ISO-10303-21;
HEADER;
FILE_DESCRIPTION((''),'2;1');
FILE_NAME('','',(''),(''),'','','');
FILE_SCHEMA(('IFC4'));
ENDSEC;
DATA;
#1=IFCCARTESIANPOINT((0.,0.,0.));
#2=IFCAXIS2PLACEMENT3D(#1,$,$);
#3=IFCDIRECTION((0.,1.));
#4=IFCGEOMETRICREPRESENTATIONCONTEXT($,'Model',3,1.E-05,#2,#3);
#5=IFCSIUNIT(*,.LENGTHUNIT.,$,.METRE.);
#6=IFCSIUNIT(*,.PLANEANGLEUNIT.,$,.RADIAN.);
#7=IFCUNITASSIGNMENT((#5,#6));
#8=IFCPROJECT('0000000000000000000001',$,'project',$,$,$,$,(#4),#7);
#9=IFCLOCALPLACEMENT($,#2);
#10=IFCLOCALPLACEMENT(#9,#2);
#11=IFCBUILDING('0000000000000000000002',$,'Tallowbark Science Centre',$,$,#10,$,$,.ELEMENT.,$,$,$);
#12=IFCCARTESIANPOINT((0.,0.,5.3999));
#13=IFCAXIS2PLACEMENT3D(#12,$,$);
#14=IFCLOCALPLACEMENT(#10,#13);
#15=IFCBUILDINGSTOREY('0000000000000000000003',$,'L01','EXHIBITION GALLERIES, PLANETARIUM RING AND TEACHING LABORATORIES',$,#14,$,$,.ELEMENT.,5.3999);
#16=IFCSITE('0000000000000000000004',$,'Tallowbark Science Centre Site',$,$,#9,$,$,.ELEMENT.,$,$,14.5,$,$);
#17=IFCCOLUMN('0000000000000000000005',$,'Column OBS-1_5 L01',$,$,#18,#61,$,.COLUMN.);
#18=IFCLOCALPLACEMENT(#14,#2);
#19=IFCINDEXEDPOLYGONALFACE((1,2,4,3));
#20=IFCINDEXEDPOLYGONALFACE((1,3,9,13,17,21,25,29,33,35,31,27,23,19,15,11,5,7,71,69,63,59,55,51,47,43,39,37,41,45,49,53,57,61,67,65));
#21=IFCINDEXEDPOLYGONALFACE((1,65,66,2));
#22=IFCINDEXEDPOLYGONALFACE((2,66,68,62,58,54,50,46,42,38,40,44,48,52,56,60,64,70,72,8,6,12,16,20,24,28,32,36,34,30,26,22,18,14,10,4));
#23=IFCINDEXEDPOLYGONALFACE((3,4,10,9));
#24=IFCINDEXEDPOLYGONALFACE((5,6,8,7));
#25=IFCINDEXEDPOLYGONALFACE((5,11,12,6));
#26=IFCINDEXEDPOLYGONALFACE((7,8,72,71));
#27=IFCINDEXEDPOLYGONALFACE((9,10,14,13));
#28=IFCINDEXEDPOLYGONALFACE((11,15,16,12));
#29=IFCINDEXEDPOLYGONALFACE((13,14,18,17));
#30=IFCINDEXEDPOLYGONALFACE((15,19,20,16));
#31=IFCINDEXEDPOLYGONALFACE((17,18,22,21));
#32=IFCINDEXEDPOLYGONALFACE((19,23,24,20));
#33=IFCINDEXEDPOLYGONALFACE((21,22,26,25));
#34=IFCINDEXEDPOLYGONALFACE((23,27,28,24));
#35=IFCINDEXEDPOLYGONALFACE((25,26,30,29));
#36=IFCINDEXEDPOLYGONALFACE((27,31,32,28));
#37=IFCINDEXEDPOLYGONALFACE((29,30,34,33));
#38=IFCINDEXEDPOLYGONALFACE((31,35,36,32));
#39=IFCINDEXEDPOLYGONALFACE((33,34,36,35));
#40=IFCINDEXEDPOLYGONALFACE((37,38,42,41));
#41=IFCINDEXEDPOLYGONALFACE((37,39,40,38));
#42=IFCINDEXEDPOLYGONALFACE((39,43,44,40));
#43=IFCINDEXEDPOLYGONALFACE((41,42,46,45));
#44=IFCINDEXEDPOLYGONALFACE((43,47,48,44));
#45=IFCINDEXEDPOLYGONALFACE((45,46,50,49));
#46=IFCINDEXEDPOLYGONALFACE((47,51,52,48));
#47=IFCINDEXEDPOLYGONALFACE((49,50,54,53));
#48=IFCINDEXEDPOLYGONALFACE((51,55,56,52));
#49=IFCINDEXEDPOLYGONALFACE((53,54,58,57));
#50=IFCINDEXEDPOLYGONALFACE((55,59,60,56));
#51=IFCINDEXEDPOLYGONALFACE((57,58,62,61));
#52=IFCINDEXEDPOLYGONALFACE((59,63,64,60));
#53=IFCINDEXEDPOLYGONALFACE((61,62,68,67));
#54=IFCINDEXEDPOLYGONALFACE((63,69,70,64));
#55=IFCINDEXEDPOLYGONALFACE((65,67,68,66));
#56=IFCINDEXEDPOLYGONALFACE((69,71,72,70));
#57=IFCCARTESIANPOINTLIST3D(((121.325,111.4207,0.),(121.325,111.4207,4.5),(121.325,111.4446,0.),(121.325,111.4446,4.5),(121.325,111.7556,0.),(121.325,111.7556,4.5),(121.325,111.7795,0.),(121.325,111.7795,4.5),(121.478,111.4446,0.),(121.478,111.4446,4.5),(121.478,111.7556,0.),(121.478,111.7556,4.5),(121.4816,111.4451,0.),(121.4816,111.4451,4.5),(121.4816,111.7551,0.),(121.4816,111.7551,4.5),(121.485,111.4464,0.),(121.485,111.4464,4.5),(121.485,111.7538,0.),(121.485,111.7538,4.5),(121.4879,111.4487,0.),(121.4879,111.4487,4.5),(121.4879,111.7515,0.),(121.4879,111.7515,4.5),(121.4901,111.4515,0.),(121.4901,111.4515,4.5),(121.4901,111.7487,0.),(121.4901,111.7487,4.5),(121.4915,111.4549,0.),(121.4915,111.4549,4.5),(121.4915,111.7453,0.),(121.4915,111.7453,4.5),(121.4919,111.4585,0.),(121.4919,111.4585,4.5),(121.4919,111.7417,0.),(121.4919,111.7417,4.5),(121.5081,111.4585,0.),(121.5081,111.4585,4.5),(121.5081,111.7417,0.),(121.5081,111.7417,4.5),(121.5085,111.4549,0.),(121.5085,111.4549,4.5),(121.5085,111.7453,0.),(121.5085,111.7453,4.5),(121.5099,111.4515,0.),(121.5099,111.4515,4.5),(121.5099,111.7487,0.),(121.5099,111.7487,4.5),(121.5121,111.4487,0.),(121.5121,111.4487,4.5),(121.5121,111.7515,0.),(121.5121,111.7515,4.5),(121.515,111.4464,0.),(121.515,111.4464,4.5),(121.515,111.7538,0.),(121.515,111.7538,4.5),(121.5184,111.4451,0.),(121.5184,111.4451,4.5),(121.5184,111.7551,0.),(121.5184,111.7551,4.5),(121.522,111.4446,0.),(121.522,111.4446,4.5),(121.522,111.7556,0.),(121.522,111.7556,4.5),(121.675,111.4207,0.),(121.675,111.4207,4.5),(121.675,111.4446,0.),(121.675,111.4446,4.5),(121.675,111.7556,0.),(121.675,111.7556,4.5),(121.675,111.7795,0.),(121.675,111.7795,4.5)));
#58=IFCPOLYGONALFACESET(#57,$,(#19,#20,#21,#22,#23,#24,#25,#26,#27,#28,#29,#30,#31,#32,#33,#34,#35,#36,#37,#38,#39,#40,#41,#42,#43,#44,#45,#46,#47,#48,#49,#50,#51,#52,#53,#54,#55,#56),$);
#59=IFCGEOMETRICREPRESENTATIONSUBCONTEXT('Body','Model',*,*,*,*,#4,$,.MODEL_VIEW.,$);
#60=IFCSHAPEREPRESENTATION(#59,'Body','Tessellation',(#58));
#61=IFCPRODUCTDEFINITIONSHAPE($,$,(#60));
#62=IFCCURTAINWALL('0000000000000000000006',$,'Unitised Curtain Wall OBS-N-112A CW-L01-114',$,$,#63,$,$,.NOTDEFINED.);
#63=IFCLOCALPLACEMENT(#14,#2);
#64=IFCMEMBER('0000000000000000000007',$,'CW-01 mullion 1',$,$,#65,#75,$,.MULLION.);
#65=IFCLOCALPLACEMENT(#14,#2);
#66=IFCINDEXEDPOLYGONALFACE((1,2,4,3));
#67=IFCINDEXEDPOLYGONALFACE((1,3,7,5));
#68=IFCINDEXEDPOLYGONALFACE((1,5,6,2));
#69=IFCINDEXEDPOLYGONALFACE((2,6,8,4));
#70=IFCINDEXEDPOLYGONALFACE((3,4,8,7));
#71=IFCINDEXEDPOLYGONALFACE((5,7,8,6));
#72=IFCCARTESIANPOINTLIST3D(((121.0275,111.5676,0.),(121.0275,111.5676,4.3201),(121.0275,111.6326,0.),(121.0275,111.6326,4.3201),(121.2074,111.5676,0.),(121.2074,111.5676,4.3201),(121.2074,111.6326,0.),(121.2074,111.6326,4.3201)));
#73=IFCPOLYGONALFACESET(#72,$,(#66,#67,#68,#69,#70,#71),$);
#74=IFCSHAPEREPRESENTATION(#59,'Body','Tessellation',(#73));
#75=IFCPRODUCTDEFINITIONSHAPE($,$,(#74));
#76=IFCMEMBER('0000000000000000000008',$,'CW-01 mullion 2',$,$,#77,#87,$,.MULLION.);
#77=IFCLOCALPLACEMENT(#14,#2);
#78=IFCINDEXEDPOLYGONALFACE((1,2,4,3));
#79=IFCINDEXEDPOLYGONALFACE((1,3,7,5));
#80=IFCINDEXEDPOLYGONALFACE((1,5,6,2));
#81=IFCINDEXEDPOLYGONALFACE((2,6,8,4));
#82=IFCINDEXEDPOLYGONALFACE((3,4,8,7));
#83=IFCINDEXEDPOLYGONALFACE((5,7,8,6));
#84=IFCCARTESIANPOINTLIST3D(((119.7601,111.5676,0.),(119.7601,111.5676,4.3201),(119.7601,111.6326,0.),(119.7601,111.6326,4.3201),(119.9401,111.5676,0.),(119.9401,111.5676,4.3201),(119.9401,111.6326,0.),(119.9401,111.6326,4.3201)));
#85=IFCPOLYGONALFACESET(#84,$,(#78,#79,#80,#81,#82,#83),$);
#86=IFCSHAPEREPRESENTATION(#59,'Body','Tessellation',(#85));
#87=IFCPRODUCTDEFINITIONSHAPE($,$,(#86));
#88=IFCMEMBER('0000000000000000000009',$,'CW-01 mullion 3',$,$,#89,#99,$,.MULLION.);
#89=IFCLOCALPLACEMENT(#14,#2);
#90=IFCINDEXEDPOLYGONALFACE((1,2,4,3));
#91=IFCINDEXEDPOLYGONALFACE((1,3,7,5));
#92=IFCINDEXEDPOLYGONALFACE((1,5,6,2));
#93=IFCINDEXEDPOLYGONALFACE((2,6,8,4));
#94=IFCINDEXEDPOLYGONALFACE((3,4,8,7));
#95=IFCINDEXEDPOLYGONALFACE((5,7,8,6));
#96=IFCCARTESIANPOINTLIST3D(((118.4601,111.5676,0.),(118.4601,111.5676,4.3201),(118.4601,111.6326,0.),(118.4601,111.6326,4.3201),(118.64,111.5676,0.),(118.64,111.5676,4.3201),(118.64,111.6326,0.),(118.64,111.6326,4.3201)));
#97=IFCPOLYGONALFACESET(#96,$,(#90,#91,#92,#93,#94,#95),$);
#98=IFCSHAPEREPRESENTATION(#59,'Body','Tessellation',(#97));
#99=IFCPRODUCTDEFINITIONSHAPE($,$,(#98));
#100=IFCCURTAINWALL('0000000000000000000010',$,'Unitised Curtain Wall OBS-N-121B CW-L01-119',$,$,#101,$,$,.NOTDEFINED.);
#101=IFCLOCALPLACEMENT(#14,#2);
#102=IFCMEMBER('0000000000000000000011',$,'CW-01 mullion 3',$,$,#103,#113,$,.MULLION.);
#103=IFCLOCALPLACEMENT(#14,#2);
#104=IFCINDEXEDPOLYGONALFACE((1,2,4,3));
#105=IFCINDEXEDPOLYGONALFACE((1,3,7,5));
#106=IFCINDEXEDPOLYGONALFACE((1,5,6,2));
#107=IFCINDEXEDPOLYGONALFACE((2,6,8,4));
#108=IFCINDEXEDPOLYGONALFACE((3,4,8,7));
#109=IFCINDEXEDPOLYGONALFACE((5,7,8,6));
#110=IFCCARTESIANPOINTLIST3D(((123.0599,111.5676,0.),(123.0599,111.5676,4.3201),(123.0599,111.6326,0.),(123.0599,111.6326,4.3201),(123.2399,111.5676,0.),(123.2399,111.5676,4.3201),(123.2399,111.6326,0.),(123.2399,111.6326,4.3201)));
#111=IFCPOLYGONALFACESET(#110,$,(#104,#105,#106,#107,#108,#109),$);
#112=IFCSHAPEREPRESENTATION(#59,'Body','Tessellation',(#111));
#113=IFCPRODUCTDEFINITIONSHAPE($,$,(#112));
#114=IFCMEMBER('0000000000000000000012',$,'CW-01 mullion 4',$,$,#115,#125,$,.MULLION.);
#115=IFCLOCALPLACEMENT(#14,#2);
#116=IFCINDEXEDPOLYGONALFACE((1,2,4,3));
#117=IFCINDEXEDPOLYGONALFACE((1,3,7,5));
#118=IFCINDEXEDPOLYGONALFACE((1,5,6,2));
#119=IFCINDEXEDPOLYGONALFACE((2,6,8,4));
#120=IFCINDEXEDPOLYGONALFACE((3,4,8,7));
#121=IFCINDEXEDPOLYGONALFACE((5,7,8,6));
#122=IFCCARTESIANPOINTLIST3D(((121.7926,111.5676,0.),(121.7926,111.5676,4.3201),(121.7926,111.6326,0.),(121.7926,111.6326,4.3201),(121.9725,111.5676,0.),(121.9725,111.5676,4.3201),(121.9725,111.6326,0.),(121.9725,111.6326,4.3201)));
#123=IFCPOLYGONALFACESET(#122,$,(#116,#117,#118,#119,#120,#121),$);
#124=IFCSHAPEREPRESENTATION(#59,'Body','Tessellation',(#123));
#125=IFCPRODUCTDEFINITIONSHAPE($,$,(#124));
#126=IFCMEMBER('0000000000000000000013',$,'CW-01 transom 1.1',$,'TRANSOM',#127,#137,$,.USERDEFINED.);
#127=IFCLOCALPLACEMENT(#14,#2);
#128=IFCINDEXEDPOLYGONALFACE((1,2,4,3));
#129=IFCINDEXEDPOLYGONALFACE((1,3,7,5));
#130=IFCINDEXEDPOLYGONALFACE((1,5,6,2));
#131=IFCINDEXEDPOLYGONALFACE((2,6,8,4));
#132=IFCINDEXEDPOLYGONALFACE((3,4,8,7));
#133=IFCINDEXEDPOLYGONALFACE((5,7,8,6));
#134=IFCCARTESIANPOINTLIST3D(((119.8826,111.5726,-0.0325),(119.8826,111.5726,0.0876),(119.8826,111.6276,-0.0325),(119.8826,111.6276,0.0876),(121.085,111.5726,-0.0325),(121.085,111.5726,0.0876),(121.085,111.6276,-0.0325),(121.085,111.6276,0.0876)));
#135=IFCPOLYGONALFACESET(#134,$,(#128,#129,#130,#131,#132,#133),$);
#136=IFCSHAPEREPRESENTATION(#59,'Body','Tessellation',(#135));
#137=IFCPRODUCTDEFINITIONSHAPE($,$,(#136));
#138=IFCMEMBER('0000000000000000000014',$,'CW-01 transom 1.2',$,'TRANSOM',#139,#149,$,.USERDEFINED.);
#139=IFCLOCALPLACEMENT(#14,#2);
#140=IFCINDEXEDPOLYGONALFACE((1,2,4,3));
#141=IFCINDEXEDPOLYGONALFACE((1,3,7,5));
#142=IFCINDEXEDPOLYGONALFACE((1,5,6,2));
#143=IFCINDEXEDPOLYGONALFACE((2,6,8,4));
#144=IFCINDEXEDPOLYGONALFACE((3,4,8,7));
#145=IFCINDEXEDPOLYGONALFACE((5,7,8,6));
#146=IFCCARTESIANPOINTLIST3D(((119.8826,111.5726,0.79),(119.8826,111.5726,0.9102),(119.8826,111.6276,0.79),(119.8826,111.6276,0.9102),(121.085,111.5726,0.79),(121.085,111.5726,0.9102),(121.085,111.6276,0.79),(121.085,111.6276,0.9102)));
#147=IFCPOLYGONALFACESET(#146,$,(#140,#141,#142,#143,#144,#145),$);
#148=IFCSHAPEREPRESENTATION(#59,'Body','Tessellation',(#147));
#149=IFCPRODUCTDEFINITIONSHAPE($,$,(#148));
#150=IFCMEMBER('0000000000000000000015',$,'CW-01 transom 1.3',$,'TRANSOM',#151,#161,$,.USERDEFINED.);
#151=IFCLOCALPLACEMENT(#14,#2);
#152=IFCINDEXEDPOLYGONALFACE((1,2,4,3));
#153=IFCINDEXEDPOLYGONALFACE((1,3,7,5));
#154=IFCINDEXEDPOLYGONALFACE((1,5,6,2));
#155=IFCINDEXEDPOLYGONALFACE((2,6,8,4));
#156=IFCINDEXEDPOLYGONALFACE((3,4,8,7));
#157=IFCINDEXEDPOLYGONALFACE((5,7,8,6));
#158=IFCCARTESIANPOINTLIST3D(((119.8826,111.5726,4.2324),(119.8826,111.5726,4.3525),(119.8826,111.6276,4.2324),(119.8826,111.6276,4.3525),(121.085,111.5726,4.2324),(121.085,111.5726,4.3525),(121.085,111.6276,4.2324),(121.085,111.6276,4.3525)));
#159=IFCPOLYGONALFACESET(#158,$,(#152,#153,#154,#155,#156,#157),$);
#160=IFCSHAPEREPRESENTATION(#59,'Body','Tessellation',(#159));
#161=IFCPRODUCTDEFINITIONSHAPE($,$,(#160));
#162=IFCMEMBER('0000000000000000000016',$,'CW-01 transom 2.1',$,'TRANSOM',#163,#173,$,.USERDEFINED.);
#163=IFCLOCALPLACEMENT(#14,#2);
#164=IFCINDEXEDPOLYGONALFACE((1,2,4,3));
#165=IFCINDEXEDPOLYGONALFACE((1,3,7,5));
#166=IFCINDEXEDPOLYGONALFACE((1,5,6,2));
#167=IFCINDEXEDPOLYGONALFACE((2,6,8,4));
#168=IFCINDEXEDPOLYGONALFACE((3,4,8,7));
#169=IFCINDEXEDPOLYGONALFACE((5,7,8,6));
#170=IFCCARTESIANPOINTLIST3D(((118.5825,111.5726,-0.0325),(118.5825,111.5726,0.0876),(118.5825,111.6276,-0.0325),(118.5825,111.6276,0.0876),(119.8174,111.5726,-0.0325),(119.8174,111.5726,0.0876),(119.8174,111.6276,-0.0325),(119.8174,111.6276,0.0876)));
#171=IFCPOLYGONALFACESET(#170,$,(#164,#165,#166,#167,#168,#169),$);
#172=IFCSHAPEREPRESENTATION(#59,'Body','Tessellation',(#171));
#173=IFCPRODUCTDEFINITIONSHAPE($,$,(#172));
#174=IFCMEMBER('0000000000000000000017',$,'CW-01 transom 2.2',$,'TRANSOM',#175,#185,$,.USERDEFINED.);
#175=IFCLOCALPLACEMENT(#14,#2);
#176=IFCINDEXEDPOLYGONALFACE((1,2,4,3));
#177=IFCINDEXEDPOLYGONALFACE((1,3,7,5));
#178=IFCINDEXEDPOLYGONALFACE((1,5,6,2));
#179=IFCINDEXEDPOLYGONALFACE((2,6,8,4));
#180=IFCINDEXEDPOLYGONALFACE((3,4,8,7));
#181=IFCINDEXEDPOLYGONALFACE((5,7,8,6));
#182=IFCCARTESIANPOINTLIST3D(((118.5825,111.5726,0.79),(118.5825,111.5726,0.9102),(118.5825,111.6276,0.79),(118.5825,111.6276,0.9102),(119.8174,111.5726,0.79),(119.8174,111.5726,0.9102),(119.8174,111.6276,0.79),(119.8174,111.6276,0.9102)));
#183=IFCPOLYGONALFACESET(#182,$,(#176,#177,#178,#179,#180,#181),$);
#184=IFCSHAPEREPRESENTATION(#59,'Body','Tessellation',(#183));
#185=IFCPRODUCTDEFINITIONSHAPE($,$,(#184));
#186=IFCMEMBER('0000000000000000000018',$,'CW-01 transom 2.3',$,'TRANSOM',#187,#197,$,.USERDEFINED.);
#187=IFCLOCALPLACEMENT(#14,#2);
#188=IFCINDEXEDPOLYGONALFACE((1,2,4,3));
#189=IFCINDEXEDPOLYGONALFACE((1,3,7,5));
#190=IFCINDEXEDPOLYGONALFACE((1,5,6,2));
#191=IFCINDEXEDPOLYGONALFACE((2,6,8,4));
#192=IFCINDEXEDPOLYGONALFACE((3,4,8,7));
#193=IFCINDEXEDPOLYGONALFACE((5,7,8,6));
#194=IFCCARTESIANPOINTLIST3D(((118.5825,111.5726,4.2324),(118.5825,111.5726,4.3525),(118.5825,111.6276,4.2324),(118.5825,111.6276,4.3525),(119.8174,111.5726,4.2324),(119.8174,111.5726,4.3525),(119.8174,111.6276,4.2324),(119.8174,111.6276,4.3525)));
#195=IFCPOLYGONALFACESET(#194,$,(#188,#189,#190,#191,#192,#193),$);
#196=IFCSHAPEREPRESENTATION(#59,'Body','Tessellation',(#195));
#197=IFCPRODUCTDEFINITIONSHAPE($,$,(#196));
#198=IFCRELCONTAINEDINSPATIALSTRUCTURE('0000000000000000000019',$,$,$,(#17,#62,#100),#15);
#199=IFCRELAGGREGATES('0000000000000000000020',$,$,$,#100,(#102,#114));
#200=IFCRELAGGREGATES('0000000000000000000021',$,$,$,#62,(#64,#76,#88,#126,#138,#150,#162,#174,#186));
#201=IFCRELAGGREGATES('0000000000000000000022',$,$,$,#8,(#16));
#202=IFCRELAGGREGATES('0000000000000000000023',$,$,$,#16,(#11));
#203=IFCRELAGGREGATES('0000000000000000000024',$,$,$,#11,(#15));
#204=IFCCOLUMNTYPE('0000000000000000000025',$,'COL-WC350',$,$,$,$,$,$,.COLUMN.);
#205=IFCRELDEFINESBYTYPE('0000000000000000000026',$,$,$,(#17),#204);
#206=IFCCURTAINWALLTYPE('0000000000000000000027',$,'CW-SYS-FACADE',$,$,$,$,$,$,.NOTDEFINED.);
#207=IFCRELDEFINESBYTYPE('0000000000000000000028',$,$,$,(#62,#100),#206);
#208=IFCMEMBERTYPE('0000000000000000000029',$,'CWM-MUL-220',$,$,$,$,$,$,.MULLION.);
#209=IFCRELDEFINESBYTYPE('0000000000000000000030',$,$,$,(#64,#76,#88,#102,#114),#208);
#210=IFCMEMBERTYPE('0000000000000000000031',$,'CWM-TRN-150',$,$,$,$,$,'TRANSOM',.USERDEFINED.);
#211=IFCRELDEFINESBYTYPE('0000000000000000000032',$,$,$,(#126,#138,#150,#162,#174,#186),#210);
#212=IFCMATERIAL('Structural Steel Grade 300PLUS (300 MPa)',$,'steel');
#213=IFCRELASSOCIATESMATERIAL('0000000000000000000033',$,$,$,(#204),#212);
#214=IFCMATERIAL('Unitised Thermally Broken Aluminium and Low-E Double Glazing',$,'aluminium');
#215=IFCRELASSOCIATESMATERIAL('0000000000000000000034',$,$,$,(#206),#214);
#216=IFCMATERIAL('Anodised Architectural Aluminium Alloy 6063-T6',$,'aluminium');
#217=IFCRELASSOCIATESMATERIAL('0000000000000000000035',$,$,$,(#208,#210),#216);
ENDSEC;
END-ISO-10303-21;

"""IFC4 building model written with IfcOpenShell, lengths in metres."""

from ifc_helpers import new_model, si_unit, direction, frame, origin, origin_2d, place, context, subcontext, project, spatial, rectangle, i_section, extrude, material, material_profile, profile_set, type_object, element, aggregate, save


model = new_model("IFC4")

# Units and contexts
model_context = context("Model", 3, precision=1e-05, world=origin(), true_north=direction((0.0, 1.0)))
body_context = subcontext(model_context, "Body", "Model", "MODEL_VIEW")
ifc_project = project(units=[si_unit("LENGTHUNIT", "METRE"), si_unit("PLANEANGLEUNIT", "RADIAN")], contexts=[model_context])

# Site, building, storey
site_placement = place(None, origin())
site = spatial("IfcSite", under=ifc_project, at=site_placement, Name="Tallowbark Science Centre Site", CompositionType="ELEMENT", RefElevation=14.5)
building_placement = place(site_placement, origin())
building = spatial("IfcBuilding", under=site, at=building_placement, Name="Tallowbark Science Centre", CompositionType="ELEMENT")
storey_placement = place(building_placement, frame((0.0, 0.0, 5.3999)))
storey = spatial("IfcBuildingStorey", under=building, at=storey_placement, Name="L01", Description="EXHIBITION GALLERIES, PLANETARIUM RING AND TEACHING LABORATORIES", CompositionType="ELEMENT", Elevation=5.3999)

# Column
ifc_material_1 = material(Name="Structural Steel Grade 300PLUS (300 MPa)", Category="steel")
ifc_material_profile_1 = material_profile(ifc_material_1, i_section(OverallWidth=0.3501, OverallDepth=0.3589, WebThickness=0.0161, FlangeThickness=0.0239, FilletRadius=0.0139, at=origin_2d()), Name="350WC197")
ifc_profile_set_1 = profile_set([ifc_material_profile_1], Name="Structural Steel Grade 300PLUS (300 MPa)")
column_type = type_object("IfcColumnType", Name="COL-WC350", PredefinedType="COLUMN", material=ifc_profile_set_1)
column_placement = place(storey_placement, frame((121.5, 111.6001, 0.0), z_axis=(0.0, 0.0, 1.0), x_axis=(1.0, 0.0, 0.0)))
element("IfcColumn", 1, at=column_placement, inside=storey, type_object=column_type, Name="Column OBS-1_5 L01", PredefinedType="COLUMN", context=body_context, shape_type="SweptSolid", body=[
    extrude(i_section(OverallWidth=0.3501, OverallDepth=0.3589, WebThickness=0.0161, FlangeThickness=0.0239, FilletRadius=0.0139, at=origin_2d()), origin(), (0.0, 0.0, 1.0), 4.5),
])

# Curtain walls, members
ifc_material_2 = material(Name="Unitised Thermally Broken Aluminium and Low-E Double Glazing", Category="aluminium")
curtain_wall_type = type_object("IfcCurtainWallType", Name="CW-SYS-FACADE", PredefinedType="NOTDEFINED", material=ifc_material_2)
curtain_wall_1_placement = place(storey_placement, origin())
curtain_wall_1 = element("IfcCurtainWall", 2, at=curtain_wall_1_placement, inside=storey, type_object=curtain_wall_type, Name="Unitised Curtain Wall OBS-N-112A CW-L01-114", PredefinedType="NOTDEFINED")
ifc_material_3 = material(Name="Anodised Architectural Aluminium Alloy 6063-T6", Category="aluminium")
ifc_material_profile_2 = material_profile(ifc_material_3, rectangle(XDim=0.0649, YDim=0.1799, at=origin_2d()), Name="ALU65x180")
ifc_profile_set_2 = profile_set([ifc_material_profile_2], Name="Anodised Architectural Aluminium Alloy 6063-T6")
member_type_1 = type_object("IfcMemberType", Name="CWM-MUL-220", PredefinedType="MULLION", material=ifc_profile_set_2)
member_1_placement = place(storey_placement, frame((121.1174, 111.6001, 0.0), z_axis=(0.0, 0.0, 1.0), x_axis=(0.0, -1.0, 0.0)))
member_1 = element("IfcMember", 3, at=member_1_placement, type_object=member_type_1, Name="CW-01 mullion 1", PredefinedType="MULLION", context=body_context, shape_type="SweptSolid", body=[
    extrude(rectangle(XDim=0.0649, YDim=0.1799, at=origin_2d()), origin(), (0.0, 0.0, 1.0), 4.3201),
])
member_2_placement = place(storey_placement, frame((119.8501, 111.6001, 0.0), z_axis=(0.0, 0.0, 1.0), x_axis=(0.0, -1.0, 0.0)))
member_2 = element("IfcMember", 4, at=member_2_placement, type_object=member_type_1, Name="CW-01 mullion 2", PredefinedType="MULLION", context=body_context, shape_type="SweptSolid", body=[
    extrude(rectangle(XDim=0.0649, YDim=0.1799, at=origin_2d()), origin(), (0.0, 0.0, 1.0), 4.3201),
])
member_3_placement = place(storey_placement, frame((118.55, 111.6001, 0.0), z_axis=(0.0, 0.0, 1.0), x_axis=(0.0, -1.0, 0.0)))
member_3 = element("IfcMember", 5, at=member_3_placement, type_object=member_type_1, Name="CW-01 mullion 3", PredefinedType="MULLION", context=body_context, shape_type="SweptSolid", body=[
    extrude(rectangle(XDim=0.0649, YDim=0.1799, at=origin_2d()), origin(), (0.0, 0.0, 1.0), 4.3201),
])
curtain_wall_2_placement = place(storey_placement, origin())
curtain_wall_2 = element("IfcCurtainWall", 6, at=curtain_wall_2_placement, inside=storey, type_object=curtain_wall_type, Name="Unitised Curtain Wall OBS-N-121B CW-L01-119", PredefinedType="NOTDEFINED")
member_4_placement = place(storey_placement, frame((123.1499, 111.6001, 0.0), z_axis=(0.0, 0.0, 1.0), x_axis=(0.0, -1.0, 0.0)))
member_4 = element("IfcMember", 7, at=member_4_placement, type_object=member_type_1, Name="CW-01 mullion 3", PredefinedType="MULLION", context=body_context, shape_type="SweptSolid", body=[
    extrude(rectangle(XDim=0.0649, YDim=0.1799, at=origin_2d()), origin(), (0.0, 0.0, 1.0), 4.3201),
])
member_5_placement = place(storey_placement, frame((121.8826, 111.6001, 0.0), z_axis=(0.0, 0.0, 1.0), x_axis=(0.0, -1.0, 0.0)))
member_5 = element("IfcMember", 8, at=member_5_placement, type_object=member_type_1, Name="CW-01 mullion 4", PredefinedType="MULLION", context=body_context, shape_type="SweptSolid", body=[
    extrude(rectangle(XDim=0.0649, YDim=0.1799, at=origin_2d()), origin(), (0.0, 0.0, 1.0), 4.3201),
])

# Members
ifc_material_profile_3 = material_profile(ifc_material_3, rectangle(XDim=0.0549, YDim=0.1201, at=origin_2d()), Name="ALU55x120")
ifc_profile_set_3 = profile_set([ifc_material_profile_3], Name="Anodised Architectural Aluminium Alloy 6063-T6")
member_type_2 = type_object("IfcMemberType", Name="CWM-TRN-150", ElementType="TRANSOM", PredefinedType="USERDEFINED", material=ifc_profile_set_3)
member_6_placement = place(storey_placement, frame((121.085, 111.6001, 0.0276), z_axis=(-1.0, 0.0, 0.0), x_axis=(0.0, -1.0, 0.0)))
member_6 = element("IfcMember", 9, at=member_6_placement, type_object=member_type_2, Name="CW-01 transom 1.1", ObjectType="TRANSOM", PredefinedType="USERDEFINED", context=body_context, shape_type="SweptSolid", body=[
    extrude(rectangle(XDim=0.0549, YDim=0.1201, at=origin_2d()), origin(), (0.0, 0.0, 1.0), 1.2024),
])
member_7_placement = place(storey_placement, frame((121.085, 111.6001, 0.8501), z_axis=(-1.0, 0.0, 0.0), x_axis=(0.0, -1.0, 0.0)))
member_7 = element("IfcMember", 10, at=member_7_placement, type_object=member_type_2, Name="CW-01 transom 1.2", ObjectType="TRANSOM", PredefinedType="USERDEFINED", context=body_context, shape_type="SweptSolid", body=[
    extrude(rectangle(XDim=0.0549, YDim=0.1201, at=origin_2d()), origin(), (0.0, 0.0, 1.0), 1.2024),
])
member_8_placement = place(storey_placement, frame((121.085, 111.6001, 4.2925), z_axis=(-1.0, 0.0, 0.0), x_axis=(0.0, -1.0, 0.0)))
member_8 = element("IfcMember", 11, at=member_8_placement, type_object=member_type_2, Name="CW-01 transom 1.3", ObjectType="TRANSOM", PredefinedType="USERDEFINED", context=body_context, shape_type="SweptSolid", body=[
    extrude(rectangle(XDim=0.0549, YDim=0.1201, at=origin_2d()), origin(), (0.0, 0.0, 1.0), 1.2024),
])
member_9_placement = place(storey_placement, frame((119.8174, 111.6001, 0.0276), z_axis=(-1.0, 0.0, 0.0), x_axis=(0.0, -1.0, 0.0)))
member_9 = element("IfcMember", 12, at=member_9_placement, type_object=member_type_2, Name="CW-01 transom 2.1", ObjectType="TRANSOM", PredefinedType="USERDEFINED", context=body_context, shape_type="SweptSolid", body=[
    extrude(rectangle(XDim=0.0549, YDim=0.1201, at=origin_2d()), origin(), (0.0, 0.0, 1.0), 1.2349),
])
member_10_placement = place(storey_placement, frame((119.8174, 111.6001, 0.8501), z_axis=(-1.0, 0.0, 0.0), x_axis=(0.0, -1.0, 0.0)))
member_10 = element("IfcMember", 13, at=member_10_placement, type_object=member_type_2, Name="CW-01 transom 2.2", ObjectType="TRANSOM", PredefinedType="USERDEFINED", context=body_context, shape_type="SweptSolid", body=[
    extrude(rectangle(XDim=0.0549, YDim=0.1201, at=origin_2d()), origin(), (0.0, 0.0, 1.0), 1.2349),
])
member_11_placement = place(storey_placement, frame((119.8174, 111.6001, 4.2925), z_axis=(-1.0, 0.0, 0.0), x_axis=(0.0, -1.0, 0.0)))
member_11 = element("IfcMember", 14, at=member_11_placement, type_object=member_type_2, Name="CW-01 transom 2.3", ObjectType="TRANSOM", PredefinedType="USERDEFINED", context=body_context, shape_type="SweptSolid", body=[
    extrude(rectangle(XDim=0.0549, YDim=0.1201, at=origin_2d()), origin(), (0.0, 0.0, 1.0), 1.2349),
])

aggregate(curtain_wall_2, [member_4, member_5])
aggregate(curtain_wall_1, [member_1, member_2, member_3, member_6, member_7, member_8, member_9, member_10, member_11])

save(model, "model.ifc")
